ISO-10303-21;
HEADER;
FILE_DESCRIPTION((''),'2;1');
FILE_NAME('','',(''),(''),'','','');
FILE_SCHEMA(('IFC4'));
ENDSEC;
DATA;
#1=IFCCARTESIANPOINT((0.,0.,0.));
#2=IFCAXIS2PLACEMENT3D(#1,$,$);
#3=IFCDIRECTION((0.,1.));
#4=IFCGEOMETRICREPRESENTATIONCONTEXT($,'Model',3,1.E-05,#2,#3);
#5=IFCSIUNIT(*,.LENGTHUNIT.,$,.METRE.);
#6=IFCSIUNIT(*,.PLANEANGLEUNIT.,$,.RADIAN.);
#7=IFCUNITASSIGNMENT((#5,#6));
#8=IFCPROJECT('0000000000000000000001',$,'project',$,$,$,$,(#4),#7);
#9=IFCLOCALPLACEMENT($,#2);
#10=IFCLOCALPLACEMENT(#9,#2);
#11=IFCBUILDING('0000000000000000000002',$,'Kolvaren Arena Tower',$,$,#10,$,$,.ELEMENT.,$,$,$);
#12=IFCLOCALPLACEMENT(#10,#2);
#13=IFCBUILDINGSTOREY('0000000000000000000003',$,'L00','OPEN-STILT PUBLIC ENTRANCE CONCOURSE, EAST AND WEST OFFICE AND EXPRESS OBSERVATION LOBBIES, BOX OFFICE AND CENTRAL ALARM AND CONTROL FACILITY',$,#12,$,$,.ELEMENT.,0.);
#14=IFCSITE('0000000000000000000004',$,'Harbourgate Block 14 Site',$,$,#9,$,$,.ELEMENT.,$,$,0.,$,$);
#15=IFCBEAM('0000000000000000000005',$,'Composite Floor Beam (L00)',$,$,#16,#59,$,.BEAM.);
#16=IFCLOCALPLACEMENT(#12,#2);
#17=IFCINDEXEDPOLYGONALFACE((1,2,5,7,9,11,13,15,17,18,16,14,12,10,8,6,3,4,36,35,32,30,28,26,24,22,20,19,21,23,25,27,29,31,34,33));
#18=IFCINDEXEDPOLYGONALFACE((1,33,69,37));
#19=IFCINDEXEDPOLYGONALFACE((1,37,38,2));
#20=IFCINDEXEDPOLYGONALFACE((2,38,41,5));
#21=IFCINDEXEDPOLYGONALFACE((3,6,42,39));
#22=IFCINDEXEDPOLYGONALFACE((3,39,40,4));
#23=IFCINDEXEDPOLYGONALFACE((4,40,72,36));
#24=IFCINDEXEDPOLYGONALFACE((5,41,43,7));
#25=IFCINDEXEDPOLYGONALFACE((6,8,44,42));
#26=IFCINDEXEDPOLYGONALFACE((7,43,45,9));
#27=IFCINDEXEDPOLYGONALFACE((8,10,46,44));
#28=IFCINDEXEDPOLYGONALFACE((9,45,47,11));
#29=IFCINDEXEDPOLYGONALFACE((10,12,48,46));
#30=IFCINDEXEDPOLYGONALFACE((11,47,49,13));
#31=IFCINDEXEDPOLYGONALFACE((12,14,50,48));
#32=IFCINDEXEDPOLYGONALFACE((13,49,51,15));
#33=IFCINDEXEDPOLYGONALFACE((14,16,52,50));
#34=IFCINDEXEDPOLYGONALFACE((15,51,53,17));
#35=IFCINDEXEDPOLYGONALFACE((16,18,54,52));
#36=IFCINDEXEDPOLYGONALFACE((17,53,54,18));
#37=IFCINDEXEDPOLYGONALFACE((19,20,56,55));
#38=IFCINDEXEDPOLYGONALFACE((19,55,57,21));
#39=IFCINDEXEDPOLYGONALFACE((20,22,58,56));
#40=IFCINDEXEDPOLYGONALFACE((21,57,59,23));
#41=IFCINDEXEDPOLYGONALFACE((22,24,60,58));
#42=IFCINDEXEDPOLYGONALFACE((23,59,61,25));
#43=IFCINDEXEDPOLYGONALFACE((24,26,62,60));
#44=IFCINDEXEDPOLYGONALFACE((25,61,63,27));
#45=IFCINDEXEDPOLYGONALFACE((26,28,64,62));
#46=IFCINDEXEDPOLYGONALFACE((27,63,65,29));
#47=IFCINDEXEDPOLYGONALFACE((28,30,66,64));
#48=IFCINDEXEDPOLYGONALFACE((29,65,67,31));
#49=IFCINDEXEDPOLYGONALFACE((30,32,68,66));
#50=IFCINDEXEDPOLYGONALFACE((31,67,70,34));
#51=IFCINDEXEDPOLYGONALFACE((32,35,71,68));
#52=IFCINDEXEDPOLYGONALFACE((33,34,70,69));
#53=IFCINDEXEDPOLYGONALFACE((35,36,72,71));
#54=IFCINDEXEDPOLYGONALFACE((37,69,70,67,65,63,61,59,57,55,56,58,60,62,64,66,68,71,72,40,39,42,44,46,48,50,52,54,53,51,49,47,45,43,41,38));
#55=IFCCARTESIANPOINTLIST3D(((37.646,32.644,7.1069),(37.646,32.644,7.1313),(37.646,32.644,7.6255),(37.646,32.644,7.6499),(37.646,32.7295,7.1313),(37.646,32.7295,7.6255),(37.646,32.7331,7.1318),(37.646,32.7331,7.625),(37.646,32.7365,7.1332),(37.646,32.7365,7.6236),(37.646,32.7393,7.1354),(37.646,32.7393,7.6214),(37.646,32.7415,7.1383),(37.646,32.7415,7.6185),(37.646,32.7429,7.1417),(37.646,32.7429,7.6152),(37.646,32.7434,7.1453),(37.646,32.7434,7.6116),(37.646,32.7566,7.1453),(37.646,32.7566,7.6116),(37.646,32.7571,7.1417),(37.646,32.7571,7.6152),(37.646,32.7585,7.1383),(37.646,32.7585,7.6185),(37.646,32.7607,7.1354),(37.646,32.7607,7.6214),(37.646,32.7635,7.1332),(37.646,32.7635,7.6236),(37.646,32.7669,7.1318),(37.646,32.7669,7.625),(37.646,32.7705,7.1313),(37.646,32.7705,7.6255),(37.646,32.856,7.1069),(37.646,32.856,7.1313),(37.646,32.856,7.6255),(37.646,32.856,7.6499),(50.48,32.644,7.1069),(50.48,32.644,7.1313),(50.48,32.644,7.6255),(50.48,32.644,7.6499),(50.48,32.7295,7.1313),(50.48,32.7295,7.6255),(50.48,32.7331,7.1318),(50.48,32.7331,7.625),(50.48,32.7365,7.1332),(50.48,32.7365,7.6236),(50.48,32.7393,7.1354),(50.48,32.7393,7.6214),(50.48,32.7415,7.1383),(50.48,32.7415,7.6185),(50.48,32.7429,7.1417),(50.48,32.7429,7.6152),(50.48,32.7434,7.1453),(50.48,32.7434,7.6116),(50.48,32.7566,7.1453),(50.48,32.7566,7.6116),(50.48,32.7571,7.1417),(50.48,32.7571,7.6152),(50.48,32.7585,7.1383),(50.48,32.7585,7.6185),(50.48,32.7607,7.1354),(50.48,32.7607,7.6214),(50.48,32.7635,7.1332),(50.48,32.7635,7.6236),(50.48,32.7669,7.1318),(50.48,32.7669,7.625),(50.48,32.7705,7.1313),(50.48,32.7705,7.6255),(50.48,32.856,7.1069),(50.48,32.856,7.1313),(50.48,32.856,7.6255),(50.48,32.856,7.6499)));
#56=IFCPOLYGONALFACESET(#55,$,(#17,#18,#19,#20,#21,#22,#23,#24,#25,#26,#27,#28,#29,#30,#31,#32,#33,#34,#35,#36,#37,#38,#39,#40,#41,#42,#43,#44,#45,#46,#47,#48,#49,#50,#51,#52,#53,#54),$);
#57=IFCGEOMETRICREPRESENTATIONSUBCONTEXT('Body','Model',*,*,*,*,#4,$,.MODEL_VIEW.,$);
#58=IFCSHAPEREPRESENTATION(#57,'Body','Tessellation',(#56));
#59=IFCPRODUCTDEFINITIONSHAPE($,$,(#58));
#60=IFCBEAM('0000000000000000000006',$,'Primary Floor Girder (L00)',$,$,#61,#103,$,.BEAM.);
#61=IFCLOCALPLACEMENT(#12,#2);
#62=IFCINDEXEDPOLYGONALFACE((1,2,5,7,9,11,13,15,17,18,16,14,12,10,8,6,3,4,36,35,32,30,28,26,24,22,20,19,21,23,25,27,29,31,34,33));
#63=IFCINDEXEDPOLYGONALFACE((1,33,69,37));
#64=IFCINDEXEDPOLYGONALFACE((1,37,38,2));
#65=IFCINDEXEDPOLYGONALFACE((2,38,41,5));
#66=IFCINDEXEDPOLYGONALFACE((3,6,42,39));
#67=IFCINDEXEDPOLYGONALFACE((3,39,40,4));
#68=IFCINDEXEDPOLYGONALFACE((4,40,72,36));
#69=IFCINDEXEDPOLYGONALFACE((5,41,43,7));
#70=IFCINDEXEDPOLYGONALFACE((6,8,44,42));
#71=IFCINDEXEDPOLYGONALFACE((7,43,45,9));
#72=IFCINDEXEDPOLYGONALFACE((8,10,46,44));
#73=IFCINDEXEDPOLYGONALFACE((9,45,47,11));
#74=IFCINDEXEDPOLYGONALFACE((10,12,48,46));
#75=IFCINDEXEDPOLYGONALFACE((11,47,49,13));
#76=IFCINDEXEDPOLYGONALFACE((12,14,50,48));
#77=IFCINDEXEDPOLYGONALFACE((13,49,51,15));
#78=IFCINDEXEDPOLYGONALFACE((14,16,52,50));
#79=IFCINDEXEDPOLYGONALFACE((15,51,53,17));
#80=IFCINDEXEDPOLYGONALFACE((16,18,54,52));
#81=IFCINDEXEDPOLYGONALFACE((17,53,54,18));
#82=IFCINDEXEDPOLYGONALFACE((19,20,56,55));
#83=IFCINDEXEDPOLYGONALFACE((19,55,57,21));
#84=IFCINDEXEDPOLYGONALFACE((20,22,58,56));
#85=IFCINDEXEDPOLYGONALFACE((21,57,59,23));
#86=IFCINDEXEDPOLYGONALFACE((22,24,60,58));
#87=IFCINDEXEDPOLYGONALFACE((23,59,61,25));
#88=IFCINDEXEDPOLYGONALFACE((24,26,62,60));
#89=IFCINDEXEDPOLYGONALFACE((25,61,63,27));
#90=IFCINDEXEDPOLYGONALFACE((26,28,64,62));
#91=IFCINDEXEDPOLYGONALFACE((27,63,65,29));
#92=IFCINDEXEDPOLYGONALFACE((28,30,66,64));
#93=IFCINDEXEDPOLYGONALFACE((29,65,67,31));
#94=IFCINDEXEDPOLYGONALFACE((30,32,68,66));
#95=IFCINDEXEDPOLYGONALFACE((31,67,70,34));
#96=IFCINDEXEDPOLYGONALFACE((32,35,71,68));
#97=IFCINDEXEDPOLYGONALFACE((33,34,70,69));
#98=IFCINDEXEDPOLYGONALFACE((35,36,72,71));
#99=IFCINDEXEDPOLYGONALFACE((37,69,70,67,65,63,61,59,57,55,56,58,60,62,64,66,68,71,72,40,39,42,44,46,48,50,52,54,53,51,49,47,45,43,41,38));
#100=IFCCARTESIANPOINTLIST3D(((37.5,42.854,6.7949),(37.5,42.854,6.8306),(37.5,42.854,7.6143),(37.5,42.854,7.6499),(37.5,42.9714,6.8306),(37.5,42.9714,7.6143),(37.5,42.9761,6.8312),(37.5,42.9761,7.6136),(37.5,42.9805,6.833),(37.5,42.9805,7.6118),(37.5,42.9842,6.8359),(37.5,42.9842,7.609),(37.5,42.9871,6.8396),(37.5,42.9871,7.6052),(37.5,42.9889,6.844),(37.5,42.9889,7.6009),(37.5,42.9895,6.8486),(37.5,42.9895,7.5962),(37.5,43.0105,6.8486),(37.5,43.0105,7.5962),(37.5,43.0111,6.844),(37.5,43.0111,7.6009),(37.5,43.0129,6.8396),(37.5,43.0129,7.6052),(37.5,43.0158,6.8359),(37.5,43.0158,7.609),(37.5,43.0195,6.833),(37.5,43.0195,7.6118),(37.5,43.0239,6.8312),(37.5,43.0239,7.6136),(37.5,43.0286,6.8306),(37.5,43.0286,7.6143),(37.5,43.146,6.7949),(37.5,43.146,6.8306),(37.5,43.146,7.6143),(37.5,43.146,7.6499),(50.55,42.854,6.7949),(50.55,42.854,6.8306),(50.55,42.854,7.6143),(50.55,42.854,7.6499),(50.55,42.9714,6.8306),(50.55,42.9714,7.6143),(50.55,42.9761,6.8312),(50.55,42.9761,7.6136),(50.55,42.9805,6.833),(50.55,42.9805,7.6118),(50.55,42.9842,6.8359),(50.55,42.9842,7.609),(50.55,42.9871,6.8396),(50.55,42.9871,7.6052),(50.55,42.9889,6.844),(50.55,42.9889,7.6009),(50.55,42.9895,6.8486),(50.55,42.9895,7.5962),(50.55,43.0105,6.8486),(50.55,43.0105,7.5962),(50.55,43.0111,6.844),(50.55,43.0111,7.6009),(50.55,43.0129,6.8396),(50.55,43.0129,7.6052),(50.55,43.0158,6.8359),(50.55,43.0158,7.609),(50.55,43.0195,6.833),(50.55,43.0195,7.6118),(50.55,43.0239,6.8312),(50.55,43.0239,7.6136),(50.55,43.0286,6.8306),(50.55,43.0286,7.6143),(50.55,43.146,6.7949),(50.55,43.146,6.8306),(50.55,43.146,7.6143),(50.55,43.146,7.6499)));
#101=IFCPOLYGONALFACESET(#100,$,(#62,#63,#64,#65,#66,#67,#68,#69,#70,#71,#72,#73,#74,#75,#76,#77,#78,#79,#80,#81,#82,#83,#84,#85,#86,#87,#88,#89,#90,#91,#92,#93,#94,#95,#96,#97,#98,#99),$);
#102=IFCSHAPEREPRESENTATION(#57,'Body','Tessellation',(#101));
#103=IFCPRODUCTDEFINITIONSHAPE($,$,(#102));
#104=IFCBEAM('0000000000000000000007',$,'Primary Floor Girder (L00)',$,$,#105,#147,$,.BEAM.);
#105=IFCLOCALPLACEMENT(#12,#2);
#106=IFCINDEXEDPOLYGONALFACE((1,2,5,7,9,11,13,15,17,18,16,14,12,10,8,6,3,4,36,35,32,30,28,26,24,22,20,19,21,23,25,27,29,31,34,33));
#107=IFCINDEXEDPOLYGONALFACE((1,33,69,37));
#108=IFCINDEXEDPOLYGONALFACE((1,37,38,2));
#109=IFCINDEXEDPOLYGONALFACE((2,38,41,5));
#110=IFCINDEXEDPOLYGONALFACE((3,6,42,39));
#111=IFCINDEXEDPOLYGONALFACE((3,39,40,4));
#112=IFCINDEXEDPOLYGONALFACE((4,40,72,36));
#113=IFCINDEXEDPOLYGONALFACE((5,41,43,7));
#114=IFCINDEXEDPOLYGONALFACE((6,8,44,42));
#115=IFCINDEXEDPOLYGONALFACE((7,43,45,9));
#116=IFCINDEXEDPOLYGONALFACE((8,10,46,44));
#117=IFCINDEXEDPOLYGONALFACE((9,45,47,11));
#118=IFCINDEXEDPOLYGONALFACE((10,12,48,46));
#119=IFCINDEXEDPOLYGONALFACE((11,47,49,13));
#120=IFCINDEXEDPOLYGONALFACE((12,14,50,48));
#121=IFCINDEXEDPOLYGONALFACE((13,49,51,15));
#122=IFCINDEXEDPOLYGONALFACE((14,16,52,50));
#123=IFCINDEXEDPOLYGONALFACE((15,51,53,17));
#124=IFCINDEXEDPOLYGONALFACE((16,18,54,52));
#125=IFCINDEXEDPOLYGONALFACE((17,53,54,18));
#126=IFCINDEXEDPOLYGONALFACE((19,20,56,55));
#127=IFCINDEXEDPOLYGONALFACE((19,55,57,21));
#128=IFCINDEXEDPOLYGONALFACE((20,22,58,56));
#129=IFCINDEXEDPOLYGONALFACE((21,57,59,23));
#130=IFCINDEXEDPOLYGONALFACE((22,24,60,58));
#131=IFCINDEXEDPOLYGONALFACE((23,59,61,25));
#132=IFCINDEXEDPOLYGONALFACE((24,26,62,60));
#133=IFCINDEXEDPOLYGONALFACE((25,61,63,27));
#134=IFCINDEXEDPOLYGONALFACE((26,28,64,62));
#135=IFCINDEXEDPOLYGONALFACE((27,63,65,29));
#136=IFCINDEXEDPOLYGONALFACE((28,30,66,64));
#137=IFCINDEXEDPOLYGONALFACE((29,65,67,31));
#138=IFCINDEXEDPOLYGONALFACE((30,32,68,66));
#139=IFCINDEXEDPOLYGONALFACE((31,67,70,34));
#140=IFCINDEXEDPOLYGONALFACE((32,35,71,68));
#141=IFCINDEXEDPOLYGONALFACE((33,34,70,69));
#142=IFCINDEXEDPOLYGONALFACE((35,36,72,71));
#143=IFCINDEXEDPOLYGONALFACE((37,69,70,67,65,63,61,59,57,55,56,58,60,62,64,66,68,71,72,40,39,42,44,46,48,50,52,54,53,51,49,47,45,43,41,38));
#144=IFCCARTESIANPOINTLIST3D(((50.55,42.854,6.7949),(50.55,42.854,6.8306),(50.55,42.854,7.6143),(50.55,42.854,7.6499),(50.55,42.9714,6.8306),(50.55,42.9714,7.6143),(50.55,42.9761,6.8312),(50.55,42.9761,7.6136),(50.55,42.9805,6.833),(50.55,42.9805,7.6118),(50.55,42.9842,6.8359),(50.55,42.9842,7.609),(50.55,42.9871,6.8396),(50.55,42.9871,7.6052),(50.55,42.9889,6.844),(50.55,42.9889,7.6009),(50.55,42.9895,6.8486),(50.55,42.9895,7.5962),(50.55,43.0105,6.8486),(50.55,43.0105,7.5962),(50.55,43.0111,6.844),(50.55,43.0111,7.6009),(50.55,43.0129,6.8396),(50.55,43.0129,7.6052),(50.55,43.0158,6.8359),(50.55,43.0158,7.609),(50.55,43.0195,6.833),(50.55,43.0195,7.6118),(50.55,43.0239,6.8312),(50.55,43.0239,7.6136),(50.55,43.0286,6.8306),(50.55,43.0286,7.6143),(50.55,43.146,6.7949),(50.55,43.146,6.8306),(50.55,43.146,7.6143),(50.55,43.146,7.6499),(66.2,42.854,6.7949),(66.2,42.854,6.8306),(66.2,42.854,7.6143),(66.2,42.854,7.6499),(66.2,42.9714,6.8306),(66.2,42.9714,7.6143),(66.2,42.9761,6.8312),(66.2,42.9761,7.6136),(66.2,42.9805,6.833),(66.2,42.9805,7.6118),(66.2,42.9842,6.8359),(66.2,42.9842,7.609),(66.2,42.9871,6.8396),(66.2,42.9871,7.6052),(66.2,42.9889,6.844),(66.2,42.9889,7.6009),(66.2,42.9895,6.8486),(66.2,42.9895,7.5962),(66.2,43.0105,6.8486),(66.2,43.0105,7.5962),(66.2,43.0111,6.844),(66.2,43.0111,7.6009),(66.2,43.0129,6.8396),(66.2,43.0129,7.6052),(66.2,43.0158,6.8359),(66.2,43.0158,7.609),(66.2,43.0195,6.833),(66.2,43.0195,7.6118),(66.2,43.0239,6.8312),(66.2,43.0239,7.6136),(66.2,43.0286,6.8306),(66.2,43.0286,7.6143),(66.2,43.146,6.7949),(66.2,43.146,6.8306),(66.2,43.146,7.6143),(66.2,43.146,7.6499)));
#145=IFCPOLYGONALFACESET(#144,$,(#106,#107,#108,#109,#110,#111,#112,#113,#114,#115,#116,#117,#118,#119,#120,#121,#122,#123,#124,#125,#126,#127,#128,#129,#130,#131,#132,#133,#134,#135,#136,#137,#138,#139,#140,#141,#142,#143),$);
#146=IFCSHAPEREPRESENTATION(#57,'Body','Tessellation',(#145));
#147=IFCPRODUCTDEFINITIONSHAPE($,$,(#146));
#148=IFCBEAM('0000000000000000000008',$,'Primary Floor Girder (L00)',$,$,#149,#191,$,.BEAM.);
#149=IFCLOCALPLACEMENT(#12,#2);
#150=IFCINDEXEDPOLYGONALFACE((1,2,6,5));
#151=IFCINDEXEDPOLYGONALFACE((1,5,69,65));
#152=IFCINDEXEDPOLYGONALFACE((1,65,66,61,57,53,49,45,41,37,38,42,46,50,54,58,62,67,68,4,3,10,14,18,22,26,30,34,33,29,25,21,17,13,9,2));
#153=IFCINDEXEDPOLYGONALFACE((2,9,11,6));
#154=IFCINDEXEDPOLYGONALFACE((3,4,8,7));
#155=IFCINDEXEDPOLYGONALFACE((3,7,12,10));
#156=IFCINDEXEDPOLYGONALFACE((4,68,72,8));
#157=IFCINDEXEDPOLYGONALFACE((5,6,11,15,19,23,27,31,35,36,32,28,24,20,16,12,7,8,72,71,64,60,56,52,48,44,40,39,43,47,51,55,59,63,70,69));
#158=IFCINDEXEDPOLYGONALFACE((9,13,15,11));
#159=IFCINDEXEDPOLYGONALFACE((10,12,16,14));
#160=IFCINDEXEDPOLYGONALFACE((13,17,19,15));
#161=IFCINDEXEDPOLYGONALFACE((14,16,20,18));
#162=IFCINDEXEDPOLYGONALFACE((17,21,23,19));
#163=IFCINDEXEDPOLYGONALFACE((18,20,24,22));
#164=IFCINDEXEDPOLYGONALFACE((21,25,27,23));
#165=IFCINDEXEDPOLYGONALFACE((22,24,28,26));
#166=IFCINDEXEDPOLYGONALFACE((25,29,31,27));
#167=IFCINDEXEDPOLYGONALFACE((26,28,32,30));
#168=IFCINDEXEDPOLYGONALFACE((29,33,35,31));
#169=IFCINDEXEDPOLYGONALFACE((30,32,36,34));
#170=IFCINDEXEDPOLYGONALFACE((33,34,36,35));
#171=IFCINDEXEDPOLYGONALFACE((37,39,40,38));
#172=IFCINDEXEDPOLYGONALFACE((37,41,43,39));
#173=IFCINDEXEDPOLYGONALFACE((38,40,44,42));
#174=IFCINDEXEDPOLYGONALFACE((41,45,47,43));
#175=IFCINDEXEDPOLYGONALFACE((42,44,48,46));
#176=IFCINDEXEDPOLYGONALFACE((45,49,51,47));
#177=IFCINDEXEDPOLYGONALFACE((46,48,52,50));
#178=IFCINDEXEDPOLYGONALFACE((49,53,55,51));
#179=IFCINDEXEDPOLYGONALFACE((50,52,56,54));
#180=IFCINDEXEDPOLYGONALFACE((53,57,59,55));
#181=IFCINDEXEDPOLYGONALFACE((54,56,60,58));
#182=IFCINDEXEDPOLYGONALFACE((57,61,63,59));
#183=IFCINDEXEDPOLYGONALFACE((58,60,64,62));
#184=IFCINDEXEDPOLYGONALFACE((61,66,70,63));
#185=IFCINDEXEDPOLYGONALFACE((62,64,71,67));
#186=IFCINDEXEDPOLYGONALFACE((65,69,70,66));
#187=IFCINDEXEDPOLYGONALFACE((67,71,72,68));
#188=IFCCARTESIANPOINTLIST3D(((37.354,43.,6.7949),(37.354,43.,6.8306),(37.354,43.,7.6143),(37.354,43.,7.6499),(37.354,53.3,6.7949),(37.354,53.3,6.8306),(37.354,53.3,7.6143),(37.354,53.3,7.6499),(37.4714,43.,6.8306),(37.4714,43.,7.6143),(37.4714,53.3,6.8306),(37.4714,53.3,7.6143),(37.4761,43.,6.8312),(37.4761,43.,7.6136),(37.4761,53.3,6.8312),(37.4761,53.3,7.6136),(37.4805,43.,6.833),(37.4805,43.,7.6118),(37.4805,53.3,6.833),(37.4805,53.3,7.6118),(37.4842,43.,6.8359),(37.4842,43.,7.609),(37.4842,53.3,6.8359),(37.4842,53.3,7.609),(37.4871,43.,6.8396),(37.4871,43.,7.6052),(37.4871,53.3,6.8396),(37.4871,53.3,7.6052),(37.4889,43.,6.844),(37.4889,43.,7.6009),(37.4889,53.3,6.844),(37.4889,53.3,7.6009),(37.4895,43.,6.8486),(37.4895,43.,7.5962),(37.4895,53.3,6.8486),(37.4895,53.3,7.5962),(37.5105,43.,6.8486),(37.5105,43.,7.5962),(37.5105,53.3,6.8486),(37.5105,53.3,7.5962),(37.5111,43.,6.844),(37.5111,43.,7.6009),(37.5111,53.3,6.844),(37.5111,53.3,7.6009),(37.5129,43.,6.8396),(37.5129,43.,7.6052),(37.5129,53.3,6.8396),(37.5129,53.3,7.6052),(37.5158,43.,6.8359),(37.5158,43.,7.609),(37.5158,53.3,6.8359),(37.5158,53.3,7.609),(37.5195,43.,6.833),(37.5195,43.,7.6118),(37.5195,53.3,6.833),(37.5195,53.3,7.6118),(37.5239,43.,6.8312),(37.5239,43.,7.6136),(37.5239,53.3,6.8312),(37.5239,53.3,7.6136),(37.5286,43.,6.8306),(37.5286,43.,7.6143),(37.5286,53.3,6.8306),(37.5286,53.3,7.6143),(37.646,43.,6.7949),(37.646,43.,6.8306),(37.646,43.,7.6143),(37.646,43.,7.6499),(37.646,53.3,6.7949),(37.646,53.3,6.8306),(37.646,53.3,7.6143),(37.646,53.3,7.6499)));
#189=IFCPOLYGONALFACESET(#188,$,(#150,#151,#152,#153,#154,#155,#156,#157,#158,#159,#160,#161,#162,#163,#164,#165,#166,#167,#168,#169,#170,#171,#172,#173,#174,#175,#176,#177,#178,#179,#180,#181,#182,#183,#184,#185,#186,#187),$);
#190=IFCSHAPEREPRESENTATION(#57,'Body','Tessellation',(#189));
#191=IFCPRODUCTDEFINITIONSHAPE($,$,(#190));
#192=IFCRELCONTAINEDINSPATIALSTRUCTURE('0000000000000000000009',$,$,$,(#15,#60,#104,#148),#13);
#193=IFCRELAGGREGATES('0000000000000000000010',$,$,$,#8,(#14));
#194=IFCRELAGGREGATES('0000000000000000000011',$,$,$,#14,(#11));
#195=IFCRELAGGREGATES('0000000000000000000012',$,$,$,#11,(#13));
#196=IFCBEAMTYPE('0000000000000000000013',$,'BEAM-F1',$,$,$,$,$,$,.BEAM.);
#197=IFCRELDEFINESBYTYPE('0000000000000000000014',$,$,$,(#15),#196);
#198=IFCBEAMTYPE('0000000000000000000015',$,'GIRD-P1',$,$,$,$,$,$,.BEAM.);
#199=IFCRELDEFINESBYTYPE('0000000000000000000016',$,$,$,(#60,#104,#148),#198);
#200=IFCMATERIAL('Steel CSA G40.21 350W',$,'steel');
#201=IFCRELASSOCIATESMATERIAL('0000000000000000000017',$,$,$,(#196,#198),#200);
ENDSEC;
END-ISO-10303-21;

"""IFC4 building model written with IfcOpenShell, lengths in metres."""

from ifc_helpers import new_model, si_unit, direction, frame, origin, origin_2d, place, context, subcontext, project, spatial, i_section, extrude, material, material_profile, profile_set, type_object, element, save


model = new_model("IFC4")

# Units and contexts
model_context = context("Model", 3, precision=1e-05, world=origin(), true_north=direction((0.0, 1.0)))
body_context = subcontext(model_context, "Body", "Model", "MODEL_VIEW")
ifc_project = project(units=[si_unit("LENGTHUNIT", "METRE"), si_unit("PLANEANGLEUNIT", "RADIAN")], contexts=[model_context])

# Site, building, storey
site_placement = place(None, origin())
site = spatial("IfcSite", under=ifc_project, at=site_placement, Name="Harbourgate Block 14 Site", CompositionType="ELEMENT", RefElevation=0.0)
building_placement = place(site_placement, origin())
building = spatial("IfcBuilding", under=site, at=building_placement, Name="Kolvaren Arena Tower", CompositionType="ELEMENT")
storey_placement = place(building_placement, origin())
storey = spatial("IfcBuildingStorey", under=building, at=storey_placement, Name="L00", Description="OPEN-STILT PUBLIC ENTRANCE CONCOURSE, EAST AND WEST OFFICE AND EXPRESS OBSERVATION LOBBIES, BOX OFFICE AND CENTRAL ALARM AND CONTROL FACILITY", CompositionType="ELEMENT", Elevation=0.0)

# Beams
ifc_material_1 = material(Name="Steel CSA G40.21 350W", Category="steel")
ifc_material_profile_1 = material_profile(ifc_material_1, i_section(OverallWidth=0.2119, OverallDepth=0.543, WebThickness=0.0132, FlangeThickness=0.0244, FilletRadius=0.0139, at=origin_2d()), Name="W530x150")
ifc_profile_set_1 = profile_set([ifc_material_profile_1], Name="Steel CSA G40.21 350W")
beam_type_1 = type_object("IfcBeamType", Name="BEAM-F1", PredefinedType="BEAM", material=ifc_profile_set_1)
for number, where, z_axis, x_axis, name in (
    (1, (37.646, 32.75, 7.3784), (1.0, 0.0, 0.0), (0.0, 1.0, 0.0), "Composite Floor Beam (L00)"),
):
    element("IfcBeam", number, at=place(storey_placement, frame(where, z_axis=z_axis, x_axis=x_axis)), inside=storey, type_object=beam_type_1, Name=name, PredefinedType="BEAM", context=body_context, shape_type="SweptSolid", body=[
        extrude(i_section(OverallWidth=0.2119, OverallDepth=0.543, WebThickness=0.0132, FlangeThickness=0.0244, FilletRadius=0.0139, at=origin_2d()), origin(), (0.0, 0.0, 1.0), 12.834),
    ])
ifc_material_profile_2 = material_profile(ifc_material_1, i_section(OverallWidth=0.292, OverallDepth=0.855, WebThickness=0.021, FlangeThickness=0.0356, FilletRadius=0.0181, at=origin_2d()), Name="W840x299")
ifc_profile_set_2 = profile_set([ifc_material_profile_2], Name="Steel CSA G40.21 350W")
beam_type_2 = type_object("IfcBeamType", Name="GIRD-P1", PredefinedType="BEAM", material=ifc_profile_set_2)
beam_1_placement = place(storey_placement, frame((37.5, 43.0, 7.2224), z_axis=(1.0, 0.0, 0.0), x_axis=(0.0, 1.0, 0.0)))
element("IfcBeam", 2, at=beam_1_placement, inside=storey, type_object=beam_type_2, Name="Primary Floor Girder (L00)", PredefinedType="BEAM", context=body_context, shape_type="SweptSolid", body=[
    extrude(i_section(OverallWidth=0.292, OverallDepth=0.855, WebThickness=0.021, FlangeThickness=0.0356, FilletRadius=0.0181, at=origin_2d()), origin(), (0.0, 0.0, 1.0), 13.05),
])
beam_2_placement = place(storey_placement, frame((50.55, 43.0, 7.2224), z_axis=(1.0, 0.0, 0.0), x_axis=(0.0, 1.0, 0.0)))
element("IfcBeam", 3, at=beam_2_placement, inside=storey, type_object=beam_type_2, Name="Primary Floor Girder (L00)", PredefinedType="BEAM", context=body_context, shape_type="SweptSolid", body=[
    extrude(i_section(OverallWidth=0.292, OverallDepth=0.855, WebThickness=0.021, FlangeThickness=0.0356, FilletRadius=0.0181, at=origin_2d()), origin(), (0.0, 0.0, 1.0), 15.6499),
])
beam_3_placement = place(storey_placement, frame((37.5, 43.0, 7.2224), z_axis=(0.0, 1.0, 0.0), x_axis=(-1.0, 0.0, 0.0)))
element("IfcBeam", 4, at=beam_3_placement, inside=storey, type_object=beam_type_2, Name="Primary Floor Girder (L00)", PredefinedType="BEAM", context=body_context, shape_type="SweptSolid", body=[
    extrude(i_section(OverallWidth=0.292, OverallDepth=0.855, WebThickness=0.021, FlangeThickness=0.0356, FilletRadius=0.0181, at=origin_2d()), origin(), (0.0, 0.0, 1.0), 10.3),
])

save(model, "model.ifc")
